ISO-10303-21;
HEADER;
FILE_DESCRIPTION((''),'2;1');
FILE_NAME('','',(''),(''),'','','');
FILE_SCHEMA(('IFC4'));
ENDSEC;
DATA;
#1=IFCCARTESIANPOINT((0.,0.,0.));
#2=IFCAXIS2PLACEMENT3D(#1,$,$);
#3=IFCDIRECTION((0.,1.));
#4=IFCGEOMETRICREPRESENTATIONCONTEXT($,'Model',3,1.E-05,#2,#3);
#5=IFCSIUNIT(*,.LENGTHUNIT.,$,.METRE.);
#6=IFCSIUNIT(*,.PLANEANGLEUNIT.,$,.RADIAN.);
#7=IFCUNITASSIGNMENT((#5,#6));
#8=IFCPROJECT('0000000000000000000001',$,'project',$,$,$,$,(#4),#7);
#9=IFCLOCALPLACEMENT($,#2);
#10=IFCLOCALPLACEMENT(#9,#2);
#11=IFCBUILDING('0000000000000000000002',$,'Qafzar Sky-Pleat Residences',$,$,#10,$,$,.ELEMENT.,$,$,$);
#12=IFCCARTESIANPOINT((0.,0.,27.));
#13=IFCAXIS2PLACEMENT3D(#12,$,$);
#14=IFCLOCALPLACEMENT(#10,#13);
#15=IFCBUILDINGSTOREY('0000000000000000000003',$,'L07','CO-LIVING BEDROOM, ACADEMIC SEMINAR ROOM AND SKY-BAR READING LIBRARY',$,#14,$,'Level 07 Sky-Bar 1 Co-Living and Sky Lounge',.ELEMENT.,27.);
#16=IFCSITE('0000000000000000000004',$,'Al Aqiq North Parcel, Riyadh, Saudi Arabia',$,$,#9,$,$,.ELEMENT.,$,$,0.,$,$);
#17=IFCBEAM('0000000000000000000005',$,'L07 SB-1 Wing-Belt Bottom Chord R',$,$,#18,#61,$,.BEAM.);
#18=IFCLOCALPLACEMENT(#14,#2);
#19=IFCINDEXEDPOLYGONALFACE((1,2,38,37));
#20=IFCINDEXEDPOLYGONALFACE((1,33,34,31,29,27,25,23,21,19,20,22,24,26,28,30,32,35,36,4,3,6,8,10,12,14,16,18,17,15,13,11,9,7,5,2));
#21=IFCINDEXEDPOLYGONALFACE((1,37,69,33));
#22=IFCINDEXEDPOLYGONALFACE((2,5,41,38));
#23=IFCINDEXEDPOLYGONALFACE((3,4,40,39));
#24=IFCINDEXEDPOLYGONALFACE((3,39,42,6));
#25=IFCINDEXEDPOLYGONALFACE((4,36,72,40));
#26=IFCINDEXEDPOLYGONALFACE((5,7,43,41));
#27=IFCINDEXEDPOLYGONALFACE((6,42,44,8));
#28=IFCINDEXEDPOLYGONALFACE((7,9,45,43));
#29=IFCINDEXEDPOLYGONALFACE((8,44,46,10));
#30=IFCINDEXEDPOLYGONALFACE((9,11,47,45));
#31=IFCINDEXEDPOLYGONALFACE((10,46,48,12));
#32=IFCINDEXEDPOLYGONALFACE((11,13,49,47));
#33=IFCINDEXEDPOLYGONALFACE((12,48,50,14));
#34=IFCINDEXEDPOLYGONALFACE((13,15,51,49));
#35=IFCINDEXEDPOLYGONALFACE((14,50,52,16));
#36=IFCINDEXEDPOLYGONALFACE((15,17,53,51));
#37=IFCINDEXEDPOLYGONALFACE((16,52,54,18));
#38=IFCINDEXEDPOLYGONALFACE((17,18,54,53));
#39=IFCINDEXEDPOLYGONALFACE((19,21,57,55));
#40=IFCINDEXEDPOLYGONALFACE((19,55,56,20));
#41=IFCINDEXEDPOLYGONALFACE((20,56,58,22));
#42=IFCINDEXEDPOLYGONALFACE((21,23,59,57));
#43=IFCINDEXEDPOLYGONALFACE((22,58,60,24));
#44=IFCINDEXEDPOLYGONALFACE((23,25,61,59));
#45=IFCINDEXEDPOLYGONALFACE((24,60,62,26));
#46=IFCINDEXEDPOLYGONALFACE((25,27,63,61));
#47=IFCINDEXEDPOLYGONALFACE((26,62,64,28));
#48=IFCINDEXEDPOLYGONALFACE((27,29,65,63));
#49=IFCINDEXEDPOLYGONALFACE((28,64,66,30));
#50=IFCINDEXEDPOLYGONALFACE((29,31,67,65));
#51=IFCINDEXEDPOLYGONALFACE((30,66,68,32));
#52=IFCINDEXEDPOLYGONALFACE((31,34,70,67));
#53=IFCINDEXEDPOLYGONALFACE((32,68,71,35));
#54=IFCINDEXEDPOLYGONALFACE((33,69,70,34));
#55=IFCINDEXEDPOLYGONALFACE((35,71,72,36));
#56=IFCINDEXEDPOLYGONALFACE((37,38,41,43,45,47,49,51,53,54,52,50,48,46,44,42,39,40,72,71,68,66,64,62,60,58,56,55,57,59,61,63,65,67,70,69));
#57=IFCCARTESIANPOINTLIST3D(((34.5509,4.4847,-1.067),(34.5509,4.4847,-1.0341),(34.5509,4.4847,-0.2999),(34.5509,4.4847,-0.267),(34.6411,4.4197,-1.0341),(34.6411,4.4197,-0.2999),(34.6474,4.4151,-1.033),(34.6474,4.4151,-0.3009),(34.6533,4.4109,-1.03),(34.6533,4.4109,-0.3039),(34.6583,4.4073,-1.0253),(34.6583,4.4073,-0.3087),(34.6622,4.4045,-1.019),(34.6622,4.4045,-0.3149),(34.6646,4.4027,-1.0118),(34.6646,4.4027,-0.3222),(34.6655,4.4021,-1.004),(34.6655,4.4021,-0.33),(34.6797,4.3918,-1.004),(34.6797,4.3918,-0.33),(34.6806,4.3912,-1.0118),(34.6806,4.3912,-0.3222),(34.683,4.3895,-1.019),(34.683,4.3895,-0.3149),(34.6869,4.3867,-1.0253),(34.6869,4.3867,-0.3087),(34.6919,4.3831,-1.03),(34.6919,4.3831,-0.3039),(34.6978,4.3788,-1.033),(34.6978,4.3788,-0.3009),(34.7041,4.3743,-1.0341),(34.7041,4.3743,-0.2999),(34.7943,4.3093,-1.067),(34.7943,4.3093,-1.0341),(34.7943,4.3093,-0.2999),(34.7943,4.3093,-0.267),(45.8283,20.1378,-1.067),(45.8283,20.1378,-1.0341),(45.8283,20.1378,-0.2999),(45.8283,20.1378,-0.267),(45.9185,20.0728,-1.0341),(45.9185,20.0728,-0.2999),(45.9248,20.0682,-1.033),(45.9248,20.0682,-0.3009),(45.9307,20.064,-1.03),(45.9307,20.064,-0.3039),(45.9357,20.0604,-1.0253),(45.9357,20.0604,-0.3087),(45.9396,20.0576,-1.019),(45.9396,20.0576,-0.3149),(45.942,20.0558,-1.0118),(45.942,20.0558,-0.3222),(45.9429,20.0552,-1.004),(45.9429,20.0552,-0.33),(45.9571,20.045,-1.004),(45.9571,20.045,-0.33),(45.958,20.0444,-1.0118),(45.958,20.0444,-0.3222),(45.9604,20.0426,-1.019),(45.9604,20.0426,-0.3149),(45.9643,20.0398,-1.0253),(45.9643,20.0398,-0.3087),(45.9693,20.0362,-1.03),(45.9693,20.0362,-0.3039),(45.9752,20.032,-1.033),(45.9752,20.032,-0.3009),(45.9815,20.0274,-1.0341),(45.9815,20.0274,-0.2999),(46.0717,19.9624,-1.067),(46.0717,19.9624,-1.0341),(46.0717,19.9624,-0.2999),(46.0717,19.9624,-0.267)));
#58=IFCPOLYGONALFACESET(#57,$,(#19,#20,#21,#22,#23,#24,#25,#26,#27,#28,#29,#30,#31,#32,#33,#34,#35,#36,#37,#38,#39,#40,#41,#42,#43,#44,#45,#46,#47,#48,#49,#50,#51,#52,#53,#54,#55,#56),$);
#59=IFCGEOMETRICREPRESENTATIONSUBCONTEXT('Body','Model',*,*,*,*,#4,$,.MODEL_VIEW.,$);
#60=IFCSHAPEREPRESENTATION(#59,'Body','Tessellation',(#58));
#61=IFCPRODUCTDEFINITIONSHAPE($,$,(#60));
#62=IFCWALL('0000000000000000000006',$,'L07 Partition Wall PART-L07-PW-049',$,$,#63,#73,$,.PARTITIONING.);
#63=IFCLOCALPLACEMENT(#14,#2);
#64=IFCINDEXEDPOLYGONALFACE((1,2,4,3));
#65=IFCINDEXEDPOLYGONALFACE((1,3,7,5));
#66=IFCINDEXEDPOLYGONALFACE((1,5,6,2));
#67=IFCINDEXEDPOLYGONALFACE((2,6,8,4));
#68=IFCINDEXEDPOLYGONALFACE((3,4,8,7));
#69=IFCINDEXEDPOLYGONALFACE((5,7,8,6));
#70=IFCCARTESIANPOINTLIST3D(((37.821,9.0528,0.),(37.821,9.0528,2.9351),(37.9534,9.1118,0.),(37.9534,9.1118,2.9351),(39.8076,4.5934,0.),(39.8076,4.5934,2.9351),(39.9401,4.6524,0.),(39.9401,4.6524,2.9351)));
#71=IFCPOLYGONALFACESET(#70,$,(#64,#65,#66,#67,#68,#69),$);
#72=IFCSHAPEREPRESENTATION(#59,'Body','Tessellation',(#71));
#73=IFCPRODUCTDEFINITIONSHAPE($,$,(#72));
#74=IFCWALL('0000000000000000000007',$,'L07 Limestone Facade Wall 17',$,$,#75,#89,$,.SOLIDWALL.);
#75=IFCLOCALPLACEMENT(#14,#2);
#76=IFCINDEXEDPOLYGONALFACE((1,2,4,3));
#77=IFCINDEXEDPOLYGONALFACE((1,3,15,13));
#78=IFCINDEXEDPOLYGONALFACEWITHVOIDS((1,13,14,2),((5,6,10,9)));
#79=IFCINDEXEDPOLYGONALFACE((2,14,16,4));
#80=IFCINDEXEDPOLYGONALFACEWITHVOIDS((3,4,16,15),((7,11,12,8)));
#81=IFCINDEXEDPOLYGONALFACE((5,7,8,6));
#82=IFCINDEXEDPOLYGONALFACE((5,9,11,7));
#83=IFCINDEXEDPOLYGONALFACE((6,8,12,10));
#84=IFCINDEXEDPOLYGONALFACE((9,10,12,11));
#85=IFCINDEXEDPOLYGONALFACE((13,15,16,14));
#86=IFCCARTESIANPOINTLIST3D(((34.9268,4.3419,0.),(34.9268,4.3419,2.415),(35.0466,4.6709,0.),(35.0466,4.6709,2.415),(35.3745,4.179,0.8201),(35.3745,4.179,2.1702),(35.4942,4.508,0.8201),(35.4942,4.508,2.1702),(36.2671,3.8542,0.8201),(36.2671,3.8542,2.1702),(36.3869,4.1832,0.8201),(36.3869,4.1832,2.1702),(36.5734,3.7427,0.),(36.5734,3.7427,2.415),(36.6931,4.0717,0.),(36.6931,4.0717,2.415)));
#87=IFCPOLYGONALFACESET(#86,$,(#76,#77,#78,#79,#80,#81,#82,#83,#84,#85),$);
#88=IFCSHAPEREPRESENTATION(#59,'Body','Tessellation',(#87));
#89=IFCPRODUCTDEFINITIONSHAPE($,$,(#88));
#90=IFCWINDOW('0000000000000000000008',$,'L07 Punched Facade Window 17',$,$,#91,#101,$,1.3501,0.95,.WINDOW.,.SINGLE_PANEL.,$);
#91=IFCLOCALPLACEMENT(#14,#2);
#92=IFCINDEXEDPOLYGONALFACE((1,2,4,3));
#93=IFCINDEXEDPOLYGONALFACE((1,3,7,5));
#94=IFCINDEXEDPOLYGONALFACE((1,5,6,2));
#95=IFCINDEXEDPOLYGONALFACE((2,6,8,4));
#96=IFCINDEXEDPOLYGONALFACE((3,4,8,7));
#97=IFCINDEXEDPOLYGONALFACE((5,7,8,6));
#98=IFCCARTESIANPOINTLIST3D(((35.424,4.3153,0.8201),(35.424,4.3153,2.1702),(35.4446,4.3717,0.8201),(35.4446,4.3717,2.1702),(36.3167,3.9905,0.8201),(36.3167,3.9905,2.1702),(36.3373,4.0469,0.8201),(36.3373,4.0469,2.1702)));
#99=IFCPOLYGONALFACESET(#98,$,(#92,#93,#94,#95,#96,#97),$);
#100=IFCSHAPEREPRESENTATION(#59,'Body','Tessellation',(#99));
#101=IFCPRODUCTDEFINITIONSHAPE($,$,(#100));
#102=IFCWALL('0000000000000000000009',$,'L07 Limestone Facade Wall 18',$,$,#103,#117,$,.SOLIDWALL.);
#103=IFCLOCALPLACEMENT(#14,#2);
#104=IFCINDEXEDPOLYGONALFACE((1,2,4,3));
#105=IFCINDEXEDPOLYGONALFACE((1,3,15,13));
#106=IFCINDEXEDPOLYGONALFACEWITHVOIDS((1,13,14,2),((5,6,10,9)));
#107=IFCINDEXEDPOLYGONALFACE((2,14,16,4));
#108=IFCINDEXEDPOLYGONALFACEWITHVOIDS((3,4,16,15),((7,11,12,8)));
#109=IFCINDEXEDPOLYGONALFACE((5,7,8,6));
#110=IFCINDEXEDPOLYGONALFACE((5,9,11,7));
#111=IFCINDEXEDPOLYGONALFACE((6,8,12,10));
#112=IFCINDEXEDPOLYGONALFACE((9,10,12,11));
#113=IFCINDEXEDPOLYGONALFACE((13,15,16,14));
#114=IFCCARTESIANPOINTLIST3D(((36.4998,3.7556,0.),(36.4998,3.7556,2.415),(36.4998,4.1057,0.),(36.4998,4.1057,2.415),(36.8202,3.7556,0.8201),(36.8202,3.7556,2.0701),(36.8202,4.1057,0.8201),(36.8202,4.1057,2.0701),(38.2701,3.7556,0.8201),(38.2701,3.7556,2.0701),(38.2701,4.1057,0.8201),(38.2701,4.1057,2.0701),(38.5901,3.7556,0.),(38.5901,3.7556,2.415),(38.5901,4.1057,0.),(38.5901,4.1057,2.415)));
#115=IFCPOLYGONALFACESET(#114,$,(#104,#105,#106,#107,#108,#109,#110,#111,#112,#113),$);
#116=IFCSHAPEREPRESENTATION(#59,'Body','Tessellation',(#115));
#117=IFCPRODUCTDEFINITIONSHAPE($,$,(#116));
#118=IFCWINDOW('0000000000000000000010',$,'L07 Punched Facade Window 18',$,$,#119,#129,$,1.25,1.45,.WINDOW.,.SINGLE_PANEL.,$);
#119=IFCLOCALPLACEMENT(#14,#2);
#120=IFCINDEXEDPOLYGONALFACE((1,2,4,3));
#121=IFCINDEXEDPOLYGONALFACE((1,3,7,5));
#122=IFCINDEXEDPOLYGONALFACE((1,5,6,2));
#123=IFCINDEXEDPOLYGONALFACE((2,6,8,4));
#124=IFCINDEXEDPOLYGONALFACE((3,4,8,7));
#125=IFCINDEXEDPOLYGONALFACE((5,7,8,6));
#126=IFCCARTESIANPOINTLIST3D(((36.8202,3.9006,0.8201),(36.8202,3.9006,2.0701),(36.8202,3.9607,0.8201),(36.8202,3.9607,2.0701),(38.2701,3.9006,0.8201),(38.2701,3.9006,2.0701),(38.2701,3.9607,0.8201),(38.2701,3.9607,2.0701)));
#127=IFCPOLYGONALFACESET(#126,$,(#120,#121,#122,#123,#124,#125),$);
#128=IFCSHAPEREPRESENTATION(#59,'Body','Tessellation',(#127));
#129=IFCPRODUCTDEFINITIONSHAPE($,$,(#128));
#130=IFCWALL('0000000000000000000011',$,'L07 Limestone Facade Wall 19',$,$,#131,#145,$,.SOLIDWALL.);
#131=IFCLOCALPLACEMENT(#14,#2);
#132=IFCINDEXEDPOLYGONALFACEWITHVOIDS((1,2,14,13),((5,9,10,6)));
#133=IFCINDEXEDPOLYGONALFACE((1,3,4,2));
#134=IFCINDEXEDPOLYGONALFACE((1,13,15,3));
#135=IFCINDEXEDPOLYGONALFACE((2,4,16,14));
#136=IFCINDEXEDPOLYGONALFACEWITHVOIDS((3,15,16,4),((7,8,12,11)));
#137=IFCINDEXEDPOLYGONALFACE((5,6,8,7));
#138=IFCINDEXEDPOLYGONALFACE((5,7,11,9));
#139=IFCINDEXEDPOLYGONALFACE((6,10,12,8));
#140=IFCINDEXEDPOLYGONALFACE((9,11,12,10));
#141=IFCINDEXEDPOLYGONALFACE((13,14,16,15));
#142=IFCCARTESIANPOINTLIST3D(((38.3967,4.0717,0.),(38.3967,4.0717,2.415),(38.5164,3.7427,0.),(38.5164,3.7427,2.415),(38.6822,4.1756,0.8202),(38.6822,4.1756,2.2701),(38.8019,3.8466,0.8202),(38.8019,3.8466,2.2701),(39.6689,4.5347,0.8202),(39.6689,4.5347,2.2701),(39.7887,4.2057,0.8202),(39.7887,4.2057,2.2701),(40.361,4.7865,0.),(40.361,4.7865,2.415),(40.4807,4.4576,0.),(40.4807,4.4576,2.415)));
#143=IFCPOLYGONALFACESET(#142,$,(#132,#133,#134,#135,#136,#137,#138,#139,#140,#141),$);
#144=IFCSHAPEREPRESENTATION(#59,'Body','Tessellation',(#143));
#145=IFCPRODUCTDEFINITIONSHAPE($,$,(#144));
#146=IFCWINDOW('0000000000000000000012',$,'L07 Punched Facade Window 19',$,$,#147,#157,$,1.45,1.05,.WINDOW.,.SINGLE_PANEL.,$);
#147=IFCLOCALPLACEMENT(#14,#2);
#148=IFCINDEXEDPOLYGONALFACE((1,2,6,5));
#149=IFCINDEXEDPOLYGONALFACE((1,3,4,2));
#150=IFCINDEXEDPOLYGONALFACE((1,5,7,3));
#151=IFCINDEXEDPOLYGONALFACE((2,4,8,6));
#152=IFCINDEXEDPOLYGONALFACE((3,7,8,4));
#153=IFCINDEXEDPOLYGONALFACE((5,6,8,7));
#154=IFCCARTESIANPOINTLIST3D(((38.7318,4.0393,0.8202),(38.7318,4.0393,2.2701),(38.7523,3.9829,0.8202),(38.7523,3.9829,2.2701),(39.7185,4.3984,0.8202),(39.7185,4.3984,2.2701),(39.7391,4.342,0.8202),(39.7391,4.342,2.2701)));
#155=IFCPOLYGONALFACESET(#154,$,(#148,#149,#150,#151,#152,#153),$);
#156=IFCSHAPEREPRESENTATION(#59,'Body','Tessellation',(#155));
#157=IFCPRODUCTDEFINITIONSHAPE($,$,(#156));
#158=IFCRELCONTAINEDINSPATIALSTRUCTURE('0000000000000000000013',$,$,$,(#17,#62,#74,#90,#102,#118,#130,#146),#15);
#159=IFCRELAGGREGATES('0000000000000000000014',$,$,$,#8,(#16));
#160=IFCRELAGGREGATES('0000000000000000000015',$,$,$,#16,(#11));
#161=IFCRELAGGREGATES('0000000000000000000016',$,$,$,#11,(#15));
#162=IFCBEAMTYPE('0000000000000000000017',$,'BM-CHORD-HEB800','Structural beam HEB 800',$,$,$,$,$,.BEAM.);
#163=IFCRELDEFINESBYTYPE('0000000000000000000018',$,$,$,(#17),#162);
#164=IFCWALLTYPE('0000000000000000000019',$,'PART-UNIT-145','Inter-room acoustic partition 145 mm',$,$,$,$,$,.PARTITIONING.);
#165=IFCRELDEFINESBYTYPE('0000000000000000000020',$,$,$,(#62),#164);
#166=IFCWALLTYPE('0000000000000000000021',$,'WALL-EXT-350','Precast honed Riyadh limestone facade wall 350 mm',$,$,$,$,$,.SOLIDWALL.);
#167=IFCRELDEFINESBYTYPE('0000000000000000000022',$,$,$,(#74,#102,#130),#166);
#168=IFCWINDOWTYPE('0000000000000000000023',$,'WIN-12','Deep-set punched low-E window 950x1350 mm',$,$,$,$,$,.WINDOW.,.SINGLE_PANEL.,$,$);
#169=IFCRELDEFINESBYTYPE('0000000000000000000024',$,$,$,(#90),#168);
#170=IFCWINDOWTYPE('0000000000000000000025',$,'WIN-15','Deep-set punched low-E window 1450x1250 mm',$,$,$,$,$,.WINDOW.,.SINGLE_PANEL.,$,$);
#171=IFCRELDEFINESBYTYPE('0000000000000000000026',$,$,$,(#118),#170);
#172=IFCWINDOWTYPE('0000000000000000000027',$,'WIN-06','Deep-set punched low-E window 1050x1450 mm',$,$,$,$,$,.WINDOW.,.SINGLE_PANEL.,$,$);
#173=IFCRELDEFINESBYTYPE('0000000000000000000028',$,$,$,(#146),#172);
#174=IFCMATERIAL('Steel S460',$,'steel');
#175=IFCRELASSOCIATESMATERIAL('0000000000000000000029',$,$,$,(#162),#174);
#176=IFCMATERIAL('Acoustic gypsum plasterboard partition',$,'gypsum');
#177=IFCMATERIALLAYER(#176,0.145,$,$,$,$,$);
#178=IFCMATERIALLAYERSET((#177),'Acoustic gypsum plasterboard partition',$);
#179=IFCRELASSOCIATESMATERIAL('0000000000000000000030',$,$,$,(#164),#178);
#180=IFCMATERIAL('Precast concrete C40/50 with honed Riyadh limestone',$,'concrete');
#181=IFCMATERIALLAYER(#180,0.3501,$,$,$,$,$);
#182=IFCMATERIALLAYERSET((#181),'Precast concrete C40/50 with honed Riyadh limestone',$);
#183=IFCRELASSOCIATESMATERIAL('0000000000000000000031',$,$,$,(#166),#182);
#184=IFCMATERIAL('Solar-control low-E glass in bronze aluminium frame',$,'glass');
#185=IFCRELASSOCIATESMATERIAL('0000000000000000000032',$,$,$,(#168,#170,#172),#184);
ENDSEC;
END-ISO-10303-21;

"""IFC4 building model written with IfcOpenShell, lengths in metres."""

from ifc_helpers import new_model, si_unit, direction, frame, frame_2d, origin, origin_2d, place, context, subcontext, project, spatial, rectangle, i_section, extrude, source, transform, mapped, material, layer, layer_set, material_profile, profile_set, type_object, element, fill, save


model = new_model("IFC4")

# Units and contexts
model_context = context("Model", 3, precision=1e-05, world=origin(), true_north=direction((0.0, 1.0)))
body_context = subcontext(model_context, "Body", "Model", "MODEL_VIEW")
ifc_project = project(units=[si_unit("LENGTHUNIT", "METRE"), si_unit("PLANEANGLEUNIT", "RADIAN")], contexts=[model_context])

# Site, building, storey
site_placement = place(None, origin())
site = spatial("IfcSite", under=ifc_project, at=site_placement, Name="Al Aqiq North Parcel, Riyadh, Saudi Arabia", CompositionType="ELEMENT", RefElevation=0.0)
building_placement = place(site_placement, origin())
building = spatial("IfcBuilding", under=site, at=building_placement, Name="Qafzar Sky-Pleat Residences", CompositionType="ELEMENT")
storey_placement = place(building_placement, frame((0.0, 0.0, 27.0)))
storey = spatial("IfcBuildingStorey", under=building, at=storey_placement, Name="L07", Description="CO-LIVING BEDROOM, ACADEMIC SEMINAR ROOM AND SKY-BAR READING LIBRARY", LongName="Level 07 Sky-Bar 1 Co-Living and Sky Lounge", CompositionType="ELEMENT", Elevation=27.0)

# Beam
ifc_material_1 = material(Name="Steel S460", Category="steel")
ifc_material_profile = material_profile(ifc_material_1, i_section(OverallWidth=0.3, OverallDepth=0.8, WebThickness=0.0176, FlangeThickness=0.033, FilletRadius=0.03, at=origin_2d()), Name="HEB 800")
ifc_profile_set = profile_set([ifc_material_profile], Name="Steel S460")
beam_type = type_object("IfcBeamType", Name="BM-CHORD-HEB800", Description="Structural beam HEB 800", PredefinedType="BEAM", material=ifc_profile_set)
shared_shape_1 = source(origin(), body_context, "Body", "SweptSolid", [
    extrude(i_section(OverallWidth=0.3, OverallDepth=0.8, WebThickness=0.0176, FlangeThickness=0.033, FilletRadius=0.03, at=origin_2d()), origin(), (0.0, 0.0, 1.0), 19.2925),
])
beam_placement = place(storey_placement, frame((34.6726, 4.397, -0.667), z_axis=(0.584548, 0.811359, 0.0), x_axis=(-0.811359, 0.584548, 0.0)))
element("IfcBeam", 1, at=beam_placement, inside=storey, type_object=beam_type, Name="L07 SB-1 Wing-Belt Bottom Chord R", PredefinedType="BEAM", context=body_context, shape_type="MappedRepresentation", body=[
    mapped(shared_shape_1, transform((0.0, 0.0, 0.0), x_axis=(1.0, 0.0, 0.0), y_axis=(0.0, 1.0, 0.0), z_axis=(0.0, 0.0, 1.0), scale=1.0)),
])

# Wall
ifc_material_2 = material(Name="Acoustic gypsum plasterboard partition", Category="gypsum")
ifc_layer_1 = layer(ifc_material_2, 0.145)
ifc_layer_set_1 = layer_set([ifc_layer_1], Name="Acoustic gypsum plasterboard partition")
wall_type_1 = type_object("IfcWallType", Name="PART-UNIT-145", Description="Inter-room acoustic partition 145 mm", PredefinedType="PARTITIONING", material=ifc_layer_set_1)
wall_1_placement = place(storey_placement, frame((37.8872, 9.0823, 0.0), z_axis=(0.0, 0.0, 1.0), x_axis=(0.406941, -0.913454, 0.0)))
element("IfcWall", 2, at=wall_1_placement, inside=storey, type_object=wall_type_1, Name="L07 Partition Wall PART-L07-PW-049", PredefinedType="PARTITIONING", context=body_context, shape_type="SweptSolid", body=[
    extrude(rectangle(XDim=4.8818, YDim=0.145, at=frame_2d((2.4409, 0.0))), origin(), (0.0, 0.0, 1.0), 2.9351),
])

# Walls, openings, windows
ifc_material_3 = material(Name="Precast concrete C40/50 with honed Riyadh limestone", Category="concrete")
ifc_layer_2 = layer(ifc_material_3, 0.3501)
ifc_layer_set_2 = layer_set([ifc_layer_2], Name="Precast concrete C40/50 with honed Riyadh limestone")
wall_type_2 = type_object("IfcWallType", Name="WALL-EXT-350", Description="Precast honed Riyadh limestone facade wall 350 mm", PredefinedType="SOLIDWALL", material=ifc_layer_set_2)
wall_2_placement = place(storey_placement, frame((34.9868, 4.5063, 0.0), z_axis=(0.0, 0.0, 1.0), x_axis=(0.93972, -0.341944, 0.0)))
wall_2 = element("IfcWall", 3, at=wall_2_placement, inside=storey, type_object=wall_type_2, Name="L07 Limestone Facade Wall 17", PredefinedType="SOLIDWALL", context=body_context, shape_type="SweptSolid", body=[
    extrude(rectangle(XDim=1.7522, YDim=0.3501, at=frame_2d((0.876, 0.0))), origin(), (0.0, 0.0, 1.0), 2.415),
])
opening_1_placement = place(wall_2_placement, frame((0.4761, 0.0, 0.8201)))
opening_1 = element("IfcOpeningElement", 4, at=opening_1_placement, cuts=wall_2, PredefinedType="OPENING", context=body_context, shape_type="SweptSolid", body=[
    extrude(rectangle(XDim=0.95, YDim=1.3501, at=frame_2d((0.4751, 0.675))), frame((0.0, 0.1851, 0.0), z_axis=(0.0, -1.0, 0.0), x_axis=(1.0, 0.0, 0.0)), (0.0, 0.0, 1.0), 0.3701),
])
ifc_material_4 = material(Name="Solar-control low-E glass in bronze aluminium frame", Category="glass")
window_type_1 = type_object("IfcWindowType", Name="WIN-12", Description="Deep-set punched low-E window 950x1350 mm", PartitioningType="SINGLE_PANEL", PredefinedType="WINDOW", material=ifc_material_4)
shared_shape_2 = source(origin(), body_context, "Body", "SweptSolid", [
    extrude(rectangle(XDim=0.95, YDim=1.3501, at=frame_2d((0.4751, 0.675))), frame((0.0, 0.03, 0.0), z_axis=(0.0, -1.0, 0.0), x_axis=(1.0, 0.0, 0.0)), (0.0, 0.0, 1.0), 0.0601),
])
window_1_placement = place(opening_1_placement, origin())
window_1 = element("IfcWindow", 5, at=window_1_placement, inside=storey, type_object=window_type_1, Name="L07 Punched Facade Window 17", OverallHeight=1.3501, OverallWidth=0.95, PartitioningType="SINGLE_PANEL", PredefinedType="WINDOW", context=body_context, shape_type="MappedRepresentation", body=[
    mapped(shared_shape_2, transform((0.0, 0.0, 0.0), x_axis=(1.0, 0.0, 0.0), y_axis=(0.0, 1.0, 0.0), z_axis=(0.0, 0.0, 1.0), scale=1.0)),
])
fill(opening_1, window_1)
wall_3_placement = place(storey_placement, frame((36.4998, 3.9307, 0.0), z_axis=(0.0, 0.0, 1.0), x_axis=(1.0, 0.0, 0.0)))
wall_3 = element("IfcWall", 6, at=wall_3_placement, inside=storey, type_object=wall_type_2, Name="L07 Limestone Facade Wall 18", PredefinedType="SOLIDWALL", context=body_context, shape_type="SweptSolid", body=[
    extrude(rectangle(XDim=2.0903, YDim=0.3501, at=frame_2d((1.0452, 0.0))), origin(), (0.0, 0.0, 1.0), 2.415),
])
opening_2_placement = place(wall_3_placement, frame((0.3203, 0.0, 0.8201)))
opening_2 = element("IfcOpeningElement", 7, at=opening_2_placement, cuts=wall_3, PredefinedType="OPENING", context=body_context, shape_type="SweptSolid", body=[
    extrude(rectangle(XDim=1.45, YDim=1.25, at=frame_2d((0.7251, 0.625))), frame((0.0, 0.1851, 0.0), z_axis=(0.0, -1.0, 0.0), x_axis=(1.0, 0.0, 0.0)), (0.0, 0.0, 1.0), 0.3701),
])
window_type_2 = type_object("IfcWindowType", Name="WIN-15", Description="Deep-set punched low-E window 1450x1250 mm", PartitioningType="SINGLE_PANEL", PredefinedType="WINDOW", material=ifc_material_4)
shared_shape_3 = source(origin(), body_context, "Body", "SweptSolid", [
    extrude(rectangle(XDim=1.45, YDim=1.25, at=frame_2d((0.7251, 0.625))), frame((0.0, 0.03, 0.0), z_axis=(0.0, -1.0, 0.0), x_axis=(1.0, 0.0, 0.0)), (0.0, 0.0, 1.0), 0.0601),
])
window_2_placement = place(opening_2_placement, origin())
window_2 = element("IfcWindow", 8, at=window_2_placement, inside=storey, type_object=window_type_2, Name="L07 Punched Facade Window 18", OverallHeight=1.25, OverallWidth=1.45, PartitioningType="SINGLE_PANEL", PredefinedType="WINDOW", context=body_context, shape_type="MappedRepresentation", body=[
    mapped(shared_shape_3, transform((0.0, 0.0, 0.0), x_axis=(1.0, 0.0, 0.0), y_axis=(0.0, 1.0, 0.0), z_axis=(0.0, 0.0, 1.0), scale=1.0)),
])
fill(opening_2, window_2)
wall_4_placement = place(storey_placement, frame((38.4565, 3.9072, 0.0), z_axis=(0.0, 0.0, 1.0), x_axis=(0.939712, 0.341968, 0.0)))
wall_4 = element("IfcWall", 9, at=wall_4_placement, inside=storey, type_object=wall_type_2, Name="L07 Limestone Facade Wall 19", PredefinedType="SOLIDWALL", context=body_context, shape_type="SweptSolid", body=[
    extrude(rectangle(XDim=2.0903, YDim=0.3501, at=frame_2d((1.0452, 0.0))), origin(), (0.0, 0.0, 1.0), 2.415),
])
opening_3_placement = place(wall_4_placement, frame((0.304, 0.0, 0.8201)))
opening_3 = element("IfcOpeningElement", 10, at=opening_3_placement, cuts=wall_4, PredefinedType="OPENING", context=body_context, shape_type="SweptSolid", body=[
    extrude(rectangle(XDim=1.05, YDim=1.45, at=frame_2d((0.5249, 0.7251))), frame((0.0, 0.1851, 0.0), z_axis=(0.0, -1.0, 0.0), x_axis=(1.0, 0.0, 0.0)), (0.0, 0.0, 1.0), 0.3701),
])
window_type_3 = type_object("IfcWindowType", Name="WIN-06", Description="Deep-set punched low-E window 1050x1450 mm", PartitioningType="SINGLE_PANEL", PredefinedType="WINDOW", material=ifc_material_4)
shared_shape_4 = source(origin(), body_context, "Body", "SweptSolid", [
    extrude(rectangle(XDim=1.05, YDim=1.45, at=frame_2d((0.5249, 0.7251))), frame((0.0, 0.03, 0.0), z_axis=(0.0, -1.0, 0.0), x_axis=(1.0, 0.0, 0.0)), (0.0, 0.0, 1.0), 0.0601),
])
window_3_placement = place(opening_3_placement, origin())
window_3 = element("IfcWindow", 11, at=window_3_placement, inside=storey, type_object=window_type_3, Name="L07 Punched Facade Window 19", OverallHeight=1.45, OverallWidth=1.05, PartitioningType="SINGLE_PANEL", PredefinedType="WINDOW", context=body_context, shape_type="MappedRepresentation", body=[
    mapped(shared_shape_4, transform((0.0, 0.0, 0.0), x_axis=(1.0, 0.0, 0.0), y_axis=(0.0, 1.0, 0.0), z_axis=(0.0, 0.0, 1.0), scale=1.0)),
])
fill(opening_3, window_3)

save(model, "model.ifc")
